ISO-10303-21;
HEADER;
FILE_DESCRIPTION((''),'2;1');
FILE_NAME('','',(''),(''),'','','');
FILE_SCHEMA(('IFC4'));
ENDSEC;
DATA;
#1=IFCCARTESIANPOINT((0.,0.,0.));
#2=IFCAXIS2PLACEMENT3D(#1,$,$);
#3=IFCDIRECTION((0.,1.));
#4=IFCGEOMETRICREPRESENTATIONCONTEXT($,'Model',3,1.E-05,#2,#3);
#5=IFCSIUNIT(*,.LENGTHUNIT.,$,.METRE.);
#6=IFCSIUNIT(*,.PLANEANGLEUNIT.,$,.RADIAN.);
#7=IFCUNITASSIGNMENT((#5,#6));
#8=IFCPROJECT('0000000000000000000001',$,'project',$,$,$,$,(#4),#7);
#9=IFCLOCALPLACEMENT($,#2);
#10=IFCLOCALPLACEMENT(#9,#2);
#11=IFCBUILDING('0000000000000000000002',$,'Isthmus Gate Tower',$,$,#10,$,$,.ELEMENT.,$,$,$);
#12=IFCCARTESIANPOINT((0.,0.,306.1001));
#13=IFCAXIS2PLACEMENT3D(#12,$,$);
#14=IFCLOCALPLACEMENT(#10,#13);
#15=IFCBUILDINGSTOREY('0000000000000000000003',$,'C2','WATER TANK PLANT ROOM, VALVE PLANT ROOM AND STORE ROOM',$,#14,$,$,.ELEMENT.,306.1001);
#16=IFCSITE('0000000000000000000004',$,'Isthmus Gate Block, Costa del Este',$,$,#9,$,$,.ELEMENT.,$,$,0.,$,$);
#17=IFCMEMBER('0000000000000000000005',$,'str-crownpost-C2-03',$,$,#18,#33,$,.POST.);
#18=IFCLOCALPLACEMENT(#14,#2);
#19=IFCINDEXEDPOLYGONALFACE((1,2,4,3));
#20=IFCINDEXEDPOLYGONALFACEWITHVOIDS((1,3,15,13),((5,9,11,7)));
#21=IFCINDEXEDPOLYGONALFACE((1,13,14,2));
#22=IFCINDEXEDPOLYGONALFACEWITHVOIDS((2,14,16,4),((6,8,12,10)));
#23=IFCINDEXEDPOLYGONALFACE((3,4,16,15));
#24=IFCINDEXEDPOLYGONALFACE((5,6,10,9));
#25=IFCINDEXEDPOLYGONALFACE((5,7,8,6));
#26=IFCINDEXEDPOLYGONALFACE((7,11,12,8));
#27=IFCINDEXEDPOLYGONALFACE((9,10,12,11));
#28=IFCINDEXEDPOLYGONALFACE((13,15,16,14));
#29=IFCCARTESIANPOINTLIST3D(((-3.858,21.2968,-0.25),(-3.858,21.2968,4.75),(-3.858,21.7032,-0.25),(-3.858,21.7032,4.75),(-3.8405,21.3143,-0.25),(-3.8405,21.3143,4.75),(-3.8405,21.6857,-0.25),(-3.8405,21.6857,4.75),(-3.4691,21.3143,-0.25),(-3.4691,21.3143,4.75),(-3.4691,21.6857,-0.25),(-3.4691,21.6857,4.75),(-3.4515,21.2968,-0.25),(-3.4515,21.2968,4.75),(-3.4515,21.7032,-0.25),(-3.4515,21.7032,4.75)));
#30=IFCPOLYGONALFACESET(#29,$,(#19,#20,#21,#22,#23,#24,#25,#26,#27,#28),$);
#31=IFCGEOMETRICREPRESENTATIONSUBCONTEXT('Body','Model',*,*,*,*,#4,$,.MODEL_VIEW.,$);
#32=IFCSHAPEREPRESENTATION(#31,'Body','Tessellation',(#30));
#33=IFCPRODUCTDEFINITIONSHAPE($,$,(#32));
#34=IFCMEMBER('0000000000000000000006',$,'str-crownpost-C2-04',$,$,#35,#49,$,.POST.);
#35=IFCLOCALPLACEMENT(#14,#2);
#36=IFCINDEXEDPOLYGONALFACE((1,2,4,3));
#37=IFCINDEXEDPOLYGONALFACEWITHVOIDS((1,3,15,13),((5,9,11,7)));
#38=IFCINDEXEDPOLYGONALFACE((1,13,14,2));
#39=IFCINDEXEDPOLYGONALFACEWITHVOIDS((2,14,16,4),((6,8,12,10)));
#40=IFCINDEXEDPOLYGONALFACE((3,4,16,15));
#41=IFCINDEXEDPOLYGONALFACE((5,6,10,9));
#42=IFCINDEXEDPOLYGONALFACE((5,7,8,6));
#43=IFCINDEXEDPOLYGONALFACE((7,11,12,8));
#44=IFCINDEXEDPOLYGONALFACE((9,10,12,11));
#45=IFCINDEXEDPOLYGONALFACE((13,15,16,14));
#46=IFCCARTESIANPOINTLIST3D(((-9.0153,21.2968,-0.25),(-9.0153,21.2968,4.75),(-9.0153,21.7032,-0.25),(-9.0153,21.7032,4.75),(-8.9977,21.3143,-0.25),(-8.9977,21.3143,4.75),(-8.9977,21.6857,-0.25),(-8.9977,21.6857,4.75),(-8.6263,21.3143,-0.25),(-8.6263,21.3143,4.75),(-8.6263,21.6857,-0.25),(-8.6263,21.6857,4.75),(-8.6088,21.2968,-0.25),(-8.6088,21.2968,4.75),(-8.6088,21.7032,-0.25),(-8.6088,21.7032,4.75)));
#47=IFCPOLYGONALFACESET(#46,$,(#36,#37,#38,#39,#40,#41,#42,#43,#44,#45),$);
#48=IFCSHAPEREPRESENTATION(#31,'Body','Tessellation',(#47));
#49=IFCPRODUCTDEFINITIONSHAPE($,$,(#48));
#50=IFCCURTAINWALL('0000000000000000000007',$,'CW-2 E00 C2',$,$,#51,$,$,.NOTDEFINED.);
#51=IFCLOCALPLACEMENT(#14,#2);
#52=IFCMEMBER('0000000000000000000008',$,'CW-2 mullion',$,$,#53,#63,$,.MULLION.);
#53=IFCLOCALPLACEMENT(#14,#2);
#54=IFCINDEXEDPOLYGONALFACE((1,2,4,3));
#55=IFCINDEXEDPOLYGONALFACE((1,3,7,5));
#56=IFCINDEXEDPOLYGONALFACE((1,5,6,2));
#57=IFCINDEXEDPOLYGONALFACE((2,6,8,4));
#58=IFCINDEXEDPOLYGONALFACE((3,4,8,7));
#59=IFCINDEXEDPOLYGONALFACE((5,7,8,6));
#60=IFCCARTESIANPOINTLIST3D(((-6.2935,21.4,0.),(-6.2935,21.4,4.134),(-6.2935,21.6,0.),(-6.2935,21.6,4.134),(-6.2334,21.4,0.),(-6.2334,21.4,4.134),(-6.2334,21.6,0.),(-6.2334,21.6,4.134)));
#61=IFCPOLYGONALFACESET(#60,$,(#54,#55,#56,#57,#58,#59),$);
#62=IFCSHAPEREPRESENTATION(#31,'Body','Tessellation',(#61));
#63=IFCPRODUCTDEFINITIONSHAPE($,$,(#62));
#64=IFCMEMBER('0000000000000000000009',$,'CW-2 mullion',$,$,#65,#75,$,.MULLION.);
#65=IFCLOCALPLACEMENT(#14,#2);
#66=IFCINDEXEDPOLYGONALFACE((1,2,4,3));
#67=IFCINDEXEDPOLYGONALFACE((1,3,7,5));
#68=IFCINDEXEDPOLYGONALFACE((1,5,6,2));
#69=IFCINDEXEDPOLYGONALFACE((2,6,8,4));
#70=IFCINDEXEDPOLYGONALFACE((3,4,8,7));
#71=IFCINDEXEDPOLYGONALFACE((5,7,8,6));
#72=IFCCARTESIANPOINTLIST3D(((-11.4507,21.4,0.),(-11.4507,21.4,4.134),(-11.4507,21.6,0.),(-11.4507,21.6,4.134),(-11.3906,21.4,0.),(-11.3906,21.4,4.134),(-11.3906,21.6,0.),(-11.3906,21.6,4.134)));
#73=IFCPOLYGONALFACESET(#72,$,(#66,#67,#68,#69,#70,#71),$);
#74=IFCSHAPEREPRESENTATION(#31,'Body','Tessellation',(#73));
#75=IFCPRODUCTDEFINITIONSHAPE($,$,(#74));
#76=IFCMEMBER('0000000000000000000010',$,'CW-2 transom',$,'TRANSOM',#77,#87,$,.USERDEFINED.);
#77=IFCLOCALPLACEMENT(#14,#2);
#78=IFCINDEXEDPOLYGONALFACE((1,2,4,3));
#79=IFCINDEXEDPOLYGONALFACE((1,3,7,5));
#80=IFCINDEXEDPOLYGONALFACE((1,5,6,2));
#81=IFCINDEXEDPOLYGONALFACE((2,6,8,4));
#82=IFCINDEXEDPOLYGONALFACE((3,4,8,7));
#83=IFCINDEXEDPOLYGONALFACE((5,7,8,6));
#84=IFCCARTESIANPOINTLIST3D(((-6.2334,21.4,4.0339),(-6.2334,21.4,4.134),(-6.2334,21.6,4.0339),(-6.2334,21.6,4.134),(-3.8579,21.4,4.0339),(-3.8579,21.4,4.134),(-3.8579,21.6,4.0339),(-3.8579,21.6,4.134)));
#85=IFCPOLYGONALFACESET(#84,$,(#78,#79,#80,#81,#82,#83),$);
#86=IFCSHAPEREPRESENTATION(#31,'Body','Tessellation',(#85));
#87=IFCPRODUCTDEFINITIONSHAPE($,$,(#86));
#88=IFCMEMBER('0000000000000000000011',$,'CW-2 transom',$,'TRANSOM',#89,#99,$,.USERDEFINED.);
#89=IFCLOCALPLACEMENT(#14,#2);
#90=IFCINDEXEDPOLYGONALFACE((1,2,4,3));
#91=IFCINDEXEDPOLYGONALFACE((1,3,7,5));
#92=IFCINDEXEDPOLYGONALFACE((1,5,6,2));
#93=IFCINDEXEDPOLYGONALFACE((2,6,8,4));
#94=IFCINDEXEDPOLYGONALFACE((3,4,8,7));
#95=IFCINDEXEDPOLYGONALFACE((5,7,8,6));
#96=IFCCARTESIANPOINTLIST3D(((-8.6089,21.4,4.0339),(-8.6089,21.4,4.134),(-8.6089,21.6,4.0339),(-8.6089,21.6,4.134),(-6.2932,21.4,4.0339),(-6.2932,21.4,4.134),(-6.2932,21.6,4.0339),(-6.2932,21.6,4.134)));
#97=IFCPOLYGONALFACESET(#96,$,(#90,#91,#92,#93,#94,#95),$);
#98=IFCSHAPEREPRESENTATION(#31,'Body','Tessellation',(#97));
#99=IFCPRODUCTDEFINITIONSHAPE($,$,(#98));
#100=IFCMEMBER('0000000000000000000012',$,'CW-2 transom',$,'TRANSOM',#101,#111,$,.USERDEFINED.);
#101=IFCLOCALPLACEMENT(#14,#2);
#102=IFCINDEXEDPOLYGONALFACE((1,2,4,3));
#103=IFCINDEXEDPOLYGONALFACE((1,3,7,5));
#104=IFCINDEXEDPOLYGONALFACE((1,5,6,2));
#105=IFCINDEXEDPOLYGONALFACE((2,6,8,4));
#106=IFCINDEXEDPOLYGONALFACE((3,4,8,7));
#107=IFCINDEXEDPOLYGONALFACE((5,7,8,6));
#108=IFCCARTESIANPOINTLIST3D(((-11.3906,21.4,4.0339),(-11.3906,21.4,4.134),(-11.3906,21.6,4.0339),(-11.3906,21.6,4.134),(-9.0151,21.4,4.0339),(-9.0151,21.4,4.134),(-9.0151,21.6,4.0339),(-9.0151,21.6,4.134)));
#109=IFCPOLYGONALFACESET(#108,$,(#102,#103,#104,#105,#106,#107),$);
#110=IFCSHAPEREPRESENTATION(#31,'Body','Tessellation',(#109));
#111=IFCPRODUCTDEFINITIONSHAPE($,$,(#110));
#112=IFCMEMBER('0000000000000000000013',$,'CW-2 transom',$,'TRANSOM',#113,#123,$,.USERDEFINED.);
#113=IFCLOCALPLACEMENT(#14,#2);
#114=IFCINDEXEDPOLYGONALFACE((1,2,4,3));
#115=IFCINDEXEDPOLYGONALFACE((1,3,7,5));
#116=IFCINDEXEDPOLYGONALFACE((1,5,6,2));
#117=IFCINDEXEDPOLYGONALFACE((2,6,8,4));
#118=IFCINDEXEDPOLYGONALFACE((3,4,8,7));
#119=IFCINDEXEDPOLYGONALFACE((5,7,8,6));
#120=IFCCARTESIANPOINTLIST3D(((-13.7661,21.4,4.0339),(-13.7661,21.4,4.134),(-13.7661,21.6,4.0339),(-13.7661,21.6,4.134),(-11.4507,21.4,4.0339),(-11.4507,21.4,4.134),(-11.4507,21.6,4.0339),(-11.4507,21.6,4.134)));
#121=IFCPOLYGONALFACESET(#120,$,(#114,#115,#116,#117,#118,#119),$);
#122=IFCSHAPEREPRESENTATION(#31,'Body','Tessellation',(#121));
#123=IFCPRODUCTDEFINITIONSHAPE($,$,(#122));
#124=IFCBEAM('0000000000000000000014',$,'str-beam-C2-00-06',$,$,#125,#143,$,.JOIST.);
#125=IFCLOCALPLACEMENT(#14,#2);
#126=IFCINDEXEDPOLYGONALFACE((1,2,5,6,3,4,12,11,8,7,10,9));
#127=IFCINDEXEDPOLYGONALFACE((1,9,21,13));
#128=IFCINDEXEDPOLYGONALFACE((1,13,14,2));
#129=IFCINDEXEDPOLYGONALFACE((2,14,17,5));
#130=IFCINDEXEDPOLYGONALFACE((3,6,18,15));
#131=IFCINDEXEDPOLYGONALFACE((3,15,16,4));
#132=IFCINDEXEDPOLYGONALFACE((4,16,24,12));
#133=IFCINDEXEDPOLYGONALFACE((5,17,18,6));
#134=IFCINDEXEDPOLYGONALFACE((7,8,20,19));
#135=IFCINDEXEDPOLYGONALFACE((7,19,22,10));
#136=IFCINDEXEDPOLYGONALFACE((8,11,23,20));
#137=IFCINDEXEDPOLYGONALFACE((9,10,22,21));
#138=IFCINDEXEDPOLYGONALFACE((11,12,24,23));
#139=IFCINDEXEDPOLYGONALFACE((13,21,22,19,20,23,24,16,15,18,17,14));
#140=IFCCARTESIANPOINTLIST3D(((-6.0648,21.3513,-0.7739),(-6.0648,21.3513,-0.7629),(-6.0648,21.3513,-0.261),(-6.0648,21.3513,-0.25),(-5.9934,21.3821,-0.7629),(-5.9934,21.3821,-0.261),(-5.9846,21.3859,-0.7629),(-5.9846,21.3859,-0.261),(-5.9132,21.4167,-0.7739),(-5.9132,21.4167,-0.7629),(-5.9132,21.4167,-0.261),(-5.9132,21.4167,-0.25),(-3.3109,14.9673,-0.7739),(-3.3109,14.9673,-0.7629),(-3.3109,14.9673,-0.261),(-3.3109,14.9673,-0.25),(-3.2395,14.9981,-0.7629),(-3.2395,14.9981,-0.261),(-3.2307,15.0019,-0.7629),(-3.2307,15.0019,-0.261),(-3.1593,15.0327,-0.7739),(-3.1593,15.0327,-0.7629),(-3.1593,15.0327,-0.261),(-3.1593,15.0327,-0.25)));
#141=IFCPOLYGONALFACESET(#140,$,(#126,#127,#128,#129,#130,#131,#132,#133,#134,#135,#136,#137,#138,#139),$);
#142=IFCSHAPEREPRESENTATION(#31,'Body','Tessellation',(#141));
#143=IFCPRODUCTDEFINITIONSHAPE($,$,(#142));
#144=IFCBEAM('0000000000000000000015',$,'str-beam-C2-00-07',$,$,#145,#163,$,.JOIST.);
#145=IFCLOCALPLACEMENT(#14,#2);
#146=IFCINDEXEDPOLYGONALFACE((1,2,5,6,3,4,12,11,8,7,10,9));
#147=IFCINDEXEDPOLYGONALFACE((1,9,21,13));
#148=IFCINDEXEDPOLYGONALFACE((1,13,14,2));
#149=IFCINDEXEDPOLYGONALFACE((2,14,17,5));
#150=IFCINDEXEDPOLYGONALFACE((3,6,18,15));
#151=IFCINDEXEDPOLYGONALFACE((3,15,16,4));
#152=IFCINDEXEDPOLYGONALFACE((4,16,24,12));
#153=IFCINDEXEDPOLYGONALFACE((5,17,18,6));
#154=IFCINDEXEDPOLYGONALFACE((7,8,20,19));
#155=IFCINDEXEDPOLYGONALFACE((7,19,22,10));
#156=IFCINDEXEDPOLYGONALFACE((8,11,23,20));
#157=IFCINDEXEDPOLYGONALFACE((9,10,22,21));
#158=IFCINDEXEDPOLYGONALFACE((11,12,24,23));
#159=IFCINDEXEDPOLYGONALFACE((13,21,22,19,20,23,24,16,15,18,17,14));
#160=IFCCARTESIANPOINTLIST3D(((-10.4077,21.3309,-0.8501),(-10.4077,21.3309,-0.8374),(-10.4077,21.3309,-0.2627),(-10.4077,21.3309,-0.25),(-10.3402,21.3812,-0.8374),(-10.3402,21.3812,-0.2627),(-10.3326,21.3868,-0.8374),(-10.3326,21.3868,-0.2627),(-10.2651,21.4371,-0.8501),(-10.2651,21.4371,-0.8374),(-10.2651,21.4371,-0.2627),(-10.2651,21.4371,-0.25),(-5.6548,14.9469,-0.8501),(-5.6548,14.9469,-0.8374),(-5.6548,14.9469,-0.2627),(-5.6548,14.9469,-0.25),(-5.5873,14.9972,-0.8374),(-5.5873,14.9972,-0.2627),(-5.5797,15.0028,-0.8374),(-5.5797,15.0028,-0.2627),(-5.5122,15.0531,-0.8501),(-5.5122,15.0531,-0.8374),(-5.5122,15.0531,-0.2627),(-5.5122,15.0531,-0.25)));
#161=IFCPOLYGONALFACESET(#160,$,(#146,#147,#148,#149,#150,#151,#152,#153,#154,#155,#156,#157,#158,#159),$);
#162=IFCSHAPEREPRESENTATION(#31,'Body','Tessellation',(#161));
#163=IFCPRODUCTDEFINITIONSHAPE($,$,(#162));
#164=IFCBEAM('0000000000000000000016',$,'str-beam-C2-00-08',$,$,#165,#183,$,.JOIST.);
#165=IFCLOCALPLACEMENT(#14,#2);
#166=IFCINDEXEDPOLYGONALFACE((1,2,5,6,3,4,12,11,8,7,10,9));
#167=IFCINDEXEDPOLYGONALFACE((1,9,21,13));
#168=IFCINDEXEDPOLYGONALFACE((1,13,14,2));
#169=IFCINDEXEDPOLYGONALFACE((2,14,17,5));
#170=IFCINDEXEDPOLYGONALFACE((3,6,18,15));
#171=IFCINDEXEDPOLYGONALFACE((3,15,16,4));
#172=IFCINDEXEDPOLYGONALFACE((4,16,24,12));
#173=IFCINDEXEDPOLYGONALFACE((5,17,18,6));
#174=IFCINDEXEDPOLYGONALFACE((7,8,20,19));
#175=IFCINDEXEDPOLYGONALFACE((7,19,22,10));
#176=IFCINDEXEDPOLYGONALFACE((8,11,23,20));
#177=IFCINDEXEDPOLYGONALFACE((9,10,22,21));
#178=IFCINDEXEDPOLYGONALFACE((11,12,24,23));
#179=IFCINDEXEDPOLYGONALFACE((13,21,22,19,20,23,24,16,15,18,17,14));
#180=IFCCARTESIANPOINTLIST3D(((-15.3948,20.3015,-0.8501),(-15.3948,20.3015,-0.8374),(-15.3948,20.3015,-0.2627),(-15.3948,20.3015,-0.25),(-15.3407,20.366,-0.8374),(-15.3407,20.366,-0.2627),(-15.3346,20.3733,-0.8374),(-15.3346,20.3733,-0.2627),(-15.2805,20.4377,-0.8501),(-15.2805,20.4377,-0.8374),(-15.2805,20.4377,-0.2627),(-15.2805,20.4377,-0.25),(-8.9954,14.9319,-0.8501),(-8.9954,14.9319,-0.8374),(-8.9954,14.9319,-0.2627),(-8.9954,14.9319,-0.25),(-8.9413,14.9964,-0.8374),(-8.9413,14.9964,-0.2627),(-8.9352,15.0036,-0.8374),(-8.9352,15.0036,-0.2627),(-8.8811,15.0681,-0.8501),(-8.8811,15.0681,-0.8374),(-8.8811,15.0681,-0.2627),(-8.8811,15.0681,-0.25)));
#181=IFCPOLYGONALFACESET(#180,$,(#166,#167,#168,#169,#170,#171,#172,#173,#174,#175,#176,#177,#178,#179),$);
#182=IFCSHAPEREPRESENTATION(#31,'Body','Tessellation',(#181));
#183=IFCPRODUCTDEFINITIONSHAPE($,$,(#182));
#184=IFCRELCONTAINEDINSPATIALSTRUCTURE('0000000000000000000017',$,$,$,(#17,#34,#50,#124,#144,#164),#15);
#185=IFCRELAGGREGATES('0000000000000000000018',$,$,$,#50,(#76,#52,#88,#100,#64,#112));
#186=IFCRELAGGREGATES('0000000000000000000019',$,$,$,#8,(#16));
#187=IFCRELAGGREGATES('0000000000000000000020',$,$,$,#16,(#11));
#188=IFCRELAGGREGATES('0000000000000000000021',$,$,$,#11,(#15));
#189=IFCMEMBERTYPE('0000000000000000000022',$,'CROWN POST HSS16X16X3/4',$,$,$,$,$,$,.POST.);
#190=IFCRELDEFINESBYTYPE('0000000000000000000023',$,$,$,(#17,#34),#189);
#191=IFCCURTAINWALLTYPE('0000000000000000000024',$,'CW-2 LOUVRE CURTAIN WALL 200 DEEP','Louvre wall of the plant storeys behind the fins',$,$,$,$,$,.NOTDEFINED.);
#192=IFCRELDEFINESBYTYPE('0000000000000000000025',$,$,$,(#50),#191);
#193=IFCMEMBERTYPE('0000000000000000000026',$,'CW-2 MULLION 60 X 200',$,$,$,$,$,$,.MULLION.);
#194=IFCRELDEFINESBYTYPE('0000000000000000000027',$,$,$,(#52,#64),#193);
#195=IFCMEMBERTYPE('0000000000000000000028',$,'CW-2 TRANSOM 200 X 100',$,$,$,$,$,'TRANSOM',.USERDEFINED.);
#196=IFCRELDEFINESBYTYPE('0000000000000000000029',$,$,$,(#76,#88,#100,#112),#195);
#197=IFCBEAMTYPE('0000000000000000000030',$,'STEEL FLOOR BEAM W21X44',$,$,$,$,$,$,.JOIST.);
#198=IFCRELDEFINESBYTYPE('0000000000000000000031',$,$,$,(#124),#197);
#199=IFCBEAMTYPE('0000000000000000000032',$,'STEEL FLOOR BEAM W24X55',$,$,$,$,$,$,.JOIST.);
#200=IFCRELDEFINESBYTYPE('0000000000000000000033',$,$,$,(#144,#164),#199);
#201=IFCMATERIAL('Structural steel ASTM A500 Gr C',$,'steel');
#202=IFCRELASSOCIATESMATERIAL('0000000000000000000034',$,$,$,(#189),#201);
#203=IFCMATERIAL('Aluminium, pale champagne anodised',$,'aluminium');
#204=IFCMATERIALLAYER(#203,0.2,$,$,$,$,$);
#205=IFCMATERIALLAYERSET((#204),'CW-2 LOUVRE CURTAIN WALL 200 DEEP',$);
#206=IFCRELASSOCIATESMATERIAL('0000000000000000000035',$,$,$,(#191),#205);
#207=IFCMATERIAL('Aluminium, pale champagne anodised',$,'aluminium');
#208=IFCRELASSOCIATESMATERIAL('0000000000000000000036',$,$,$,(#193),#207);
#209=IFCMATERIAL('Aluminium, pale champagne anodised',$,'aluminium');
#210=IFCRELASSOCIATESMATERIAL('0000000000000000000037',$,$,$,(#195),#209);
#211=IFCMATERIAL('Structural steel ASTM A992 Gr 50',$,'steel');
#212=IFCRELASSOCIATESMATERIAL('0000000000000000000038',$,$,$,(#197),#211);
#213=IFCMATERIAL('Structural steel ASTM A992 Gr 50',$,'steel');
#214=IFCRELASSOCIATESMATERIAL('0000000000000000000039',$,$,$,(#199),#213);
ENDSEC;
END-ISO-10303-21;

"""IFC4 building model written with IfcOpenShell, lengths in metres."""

from ifc_helpers import new_model, si_unit, direction, frame, origin, origin_2d, place, context, subcontext, project, spatial, rectangle, hollow_rectangle, i_section, extrude, material, layer, layer_set, material_profile, profile_set, type_object, element, aggregate, save


model = new_model("IFC4")

# Units and contexts
model_context = context("Model", 3, precision=1e-05, world=origin(), true_north=direction((0.0, 1.0)))
body_context = subcontext(model_context, "Body", "Model", "MODEL_VIEW")
ifc_project = project(units=[si_unit("LENGTHUNIT", "METRE"), si_unit("PLANEANGLEUNIT", "RADIAN")], contexts=[model_context])

# Site, building, storey
site_placement = place(None, origin())
site = spatial("IfcSite", under=ifc_project, at=site_placement, Name="Isthmus Gate Block, Costa del Este", CompositionType="ELEMENT", RefElevation=0.0)
building_placement = place(site_placement, origin())
building = spatial("IfcBuilding", under=site, at=building_placement, Name="Isthmus Gate Tower", CompositionType="ELEMENT")
storey_placement = place(building_placement, frame((0.0, 0.0, 306.1001)))
storey = spatial("IfcBuildingStorey", under=building, at=storey_placement, Name="C2", Description="WATER TANK PLANT ROOM, VALVE PLANT ROOM AND STORE ROOM", CompositionType="ELEMENT", Elevation=306.1001)

# Members
ifc_material_1 = material(Name="Structural steel ASTM A500 Gr C", Category="steel")
ifc_material_profile_1 = material_profile(ifc_material_1, hollow_rectangle(XDim=0.4065, YDim=0.4065, WallThickness=0.0176, at=origin_2d()), Name="HSS16X16X3/4")
ifc_profile_set_1 = profile_set([ifc_material_profile_1], Name="Structural steel ASTM A500 Gr C")
member_type_1 = type_object("IfcMemberType", Name="CROWN POST HSS16X16X3/4", PredefinedType="POST", material=ifc_profile_set_1)
for number, where, z_axis, x_axis, name in (
    (1, (-3.6548, 21.5, -0.25), (0.0, 0.0, 1.0), (1.0, 0.0, 0.0), "str-crownpost-C2-03"),
    (2, (-8.812, 21.5, -0.25), (0.0, 0.0, 1.0), (1.0, 0.0, 0.0), "str-crownpost-C2-04"),
):
    element("IfcMember", number, at=place(storey_placement, frame(where, z_axis=z_axis, x_axis=x_axis)), inside=storey, type_object=member_type_1, Name=name, PredefinedType="POST", context=body_context, shape_type="SweptSolid", body=[
        extrude(hollow_rectangle(XDim=0.4065, YDim=0.4065, WallThickness=0.0176, at=origin_2d()), origin(), (0.0, 0.0, 1.0), 5.0),
    ])

# Curtain wall, members
ifc_material_2 = material(Name="Aluminium, pale champagne anodised", Category="aluminium")
ifc_layer_1 = layer(ifc_material_2, 0.2)
ifc_layer_set_1 = layer_set([ifc_layer_1], Name="CW-2 LOUVRE CURTAIN WALL 200 DEEP")
curtain_wall_type = type_object("IfcCurtainWallType", Name="CW-2 LOUVRE CURTAIN WALL 200 DEEP", Description="Louvre wall of the plant storeys behind the fins", PredefinedType="NOTDEFINED", material=ifc_layer_set_1)
curtain_wall_placement = place(storey_placement, origin())
curtain_wall = element("IfcCurtainWall", 3, at=curtain_wall_placement, inside=storey, type_object=curtain_wall_type, Name="CW-2 E00 C2", PredefinedType="NOTDEFINED")
ifc_material_3 = material(Name="Aluminium, pale champagne anodised", Category="aluminium")
ifc_material_profile_2 = material_profile(ifc_material_3, rectangle(XDim=0.0601, YDim=0.2, at=origin_2d()), Name="60x200")
ifc_profile_set_2 = profile_set([ifc_material_profile_2], Name="Aluminium, pale champagne anodised")
member_type_2 = type_object("IfcMemberType", Name="CW-2 MULLION 60 X 200", PredefinedType="MULLION", material=ifc_profile_set_2)
member_1_placement = place(storey_placement, frame((-6.2634, 21.5, 0.0), z_axis=(0.0, 0.0, 1.0), x_axis=(-1.0, 0.0, 0.0)))
member_1 = element("IfcMember", 4, at=member_1_placement, type_object=member_type_2, Name="CW-2 mullion", PredefinedType="MULLION", context=body_context, shape_type="SweptSolid", body=[
    extrude(rectangle(XDim=0.0601, YDim=0.2, at=origin_2d()), origin(), (0.0, 0.0, 1.0), 4.134),
])
member_2_placement = place(storey_placement, frame((-11.4207, 21.5, 0.0), z_axis=(0.0, 0.0, 1.0), x_axis=(-1.0, 0.0, 0.0)))
member_2 = element("IfcMember", 5, at=member_2_placement, type_object=member_type_2, Name="CW-2 mullion", PredefinedType="MULLION", context=body_context, shape_type="SweptSolid", body=[
    extrude(rectangle(XDim=0.0601, YDim=0.2, at=origin_2d()), origin(), (0.0, 0.0, 1.0), 4.134),
])
ifc_material_4 = material(Name="Aluminium, pale champagne anodised", Category="aluminium")
ifc_material_profile_3 = material_profile(ifc_material_4, rectangle(XDim=0.2, YDim=0.1001, at=origin_2d()), Name="200x100")
ifc_profile_set_3 = profile_set([ifc_material_profile_3], Name="Aluminium, pale champagne anodised")
member_type_3 = type_object("IfcMemberType", Name="CW-2 TRANSOM 200 X 100", ElementType="TRANSOM", PredefinedType="USERDEFINED", material=ifc_profile_set_3)
member_3_placement = place(storey_placement, frame((-3.8579, 21.5, 4.084), z_axis=(-1.0, 0.0, 0.0), x_axis=(0.0, -1.0, 0.0)))
member_3 = element("IfcMember", 6, at=member_3_placement, type_object=member_type_3, Name="CW-2 transom", ObjectType="TRANSOM", PredefinedType="USERDEFINED", context=body_context, shape_type="SweptSolid", body=[
    extrude(rectangle(XDim=0.2, YDim=0.1001, at=origin_2d()), origin(), (0.0, 0.0, 1.0), 2.3755),
])
member_4_placement = place(storey_placement, frame((-6.2932, 21.5, 4.084), z_axis=(-1.0, 0.0, 0.0), x_axis=(0.0, -1.0, 0.0)))
member_4 = element("IfcMember", 7, at=member_4_placement, type_object=member_type_3, Name="CW-2 transom", ObjectType="TRANSOM", PredefinedType="USERDEFINED", context=body_context, shape_type="SweptSolid", body=[
    extrude(rectangle(XDim=0.2, YDim=0.1001, at=origin_2d()), origin(), (0.0, 0.0, 1.0), 2.3157),
])
member_5_placement = place(storey_placement, frame((-9.0151, 21.5, 4.084), z_axis=(-1.0, 0.0, 0.0), x_axis=(0.0, -1.0, 0.0)))
member_5 = element("IfcMember", 8, at=member_5_placement, type_object=member_type_3, Name="CW-2 transom", ObjectType="TRANSOM", PredefinedType="USERDEFINED", context=body_context, shape_type="SweptSolid", body=[
    extrude(rectangle(XDim=0.2, YDim=0.1001, at=origin_2d()), origin(), (0.0, 0.0, 1.0), 2.3755),
])
member_6_placement = place(storey_placement, frame((-11.4507, 21.5, 4.084), z_axis=(-1.0, 0.0, 0.0), x_axis=(0.0, -1.0, 0.0)))
member_6 = element("IfcMember", 9, at=member_6_placement, type_object=member_type_3, Name="CW-2 transom", ObjectType="TRANSOM", PredefinedType="USERDEFINED", context=body_context, shape_type="SweptSolid", body=[
    extrude(rectangle(XDim=0.2, YDim=0.1001, at=origin_2d()), origin(), (0.0, 0.0, 1.0), 2.3154),
])

# Beams
ifc_material_5 = material(Name="Structural steel ASTM A992 Gr 50", Category="steel")
ifc_material_profile_4 = material_profile(ifc_material_5, i_section(OverallWidth=0.165, OverallDepth=0.5239, WebThickness=0.0095, FlangeThickness=0.011, at=origin_2d()), Name="W21X44")
ifc_profile_set_4 = profile_set([ifc_material_profile_4], Name="Structural steel ASTM A992 Gr 50")
beam_type_1 = type_object("IfcBeamType", Name="STEEL FLOOR BEAM W21X44", PredefinedType="JOIST", material=ifc_profile_set_4)
beam_1_placement = place(storey_placement, frame((-3.2351, 15.0, -0.512), z_axis=(-0.396092, 0.918211, 0.0), x_axis=(-0.918211, -0.396092, 0.0)))
element("IfcBeam", 10, at=beam_1_placement, inside=storey, type_object=beam_type_1, Name="str-beam-C2-00-06", PredefinedType="JOIST", context=body_context, shape_type="SweptSolid", body=[
    extrude(i_section(OverallWidth=0.165, OverallDepth=0.5239, WebThickness=0.0095, FlangeThickness=0.011, at=origin_2d()), origin(), (0.0, 0.0, 1.0), 6.9526),
])
ifc_material_6 = material(Name="Structural steel ASTM A992 Gr 50", Category="steel")
ifc_material_profile_5 = material_profile(ifc_material_6, i_section(OverallWidth=0.1777, OverallDepth=0.6001, WebThickness=0.0095, FlangeThickness=0.0127, at=origin_2d()), Name="W24X55")
ifc_profile_set_5 = profile_set([ifc_material_profile_5], Name="Structural steel ASTM A992 Gr 50")
beam_type_2 = type_object("IfcBeamType", Name="STEEL FLOOR BEAM W24X55", PredefinedType="JOIST", material=ifc_profile_set_5)
beam_2_placement = place(storey_placement, frame((-5.5835, 15.0, -0.55), z_axis=(-0.597174, 0.802112, 0.0), x_axis=(-0.802112, -0.597174, 0.0)))
element("IfcBeam", 11, at=beam_2_placement, inside=storey, type_object=beam_type_2, Name="str-beam-C2-00-07", PredefinedType="JOIST", context=body_context, shape_type="SweptSolid", body=[
    extrude(i_section(OverallWidth=0.1777, OverallDepth=0.6001, WebThickness=0.0095, FlangeThickness=0.0127, at=origin_2d()), origin(), (0.0, 0.0, 1.0), 7.959),
])
beam_3_placement = place(storey_placement, frame((-8.9382, 15.0, -0.55), z_axis=(-0.766051, 0.642779, 0.0), x_axis=(-0.642779, -0.766051, 0.0)))
element("IfcBeam", 12, at=beam_3_placement, inside=storey, type_object=beam_type_2, Name="str-beam-C2-00-08", PredefinedType="JOIST", context=body_context, shape_type="SweptSolid", body=[
    extrude(i_section(OverallWidth=0.1777, OverallDepth=0.6001, WebThickness=0.0095, FlangeThickness=0.0127, at=origin_2d()), origin(), (0.0, 0.0, 1.0), 8.3538),
])

aggregate(curtain_wall, [member_3, member_1, member_4, member_5, member_2, member_6])

save(model, "model.ifc")
